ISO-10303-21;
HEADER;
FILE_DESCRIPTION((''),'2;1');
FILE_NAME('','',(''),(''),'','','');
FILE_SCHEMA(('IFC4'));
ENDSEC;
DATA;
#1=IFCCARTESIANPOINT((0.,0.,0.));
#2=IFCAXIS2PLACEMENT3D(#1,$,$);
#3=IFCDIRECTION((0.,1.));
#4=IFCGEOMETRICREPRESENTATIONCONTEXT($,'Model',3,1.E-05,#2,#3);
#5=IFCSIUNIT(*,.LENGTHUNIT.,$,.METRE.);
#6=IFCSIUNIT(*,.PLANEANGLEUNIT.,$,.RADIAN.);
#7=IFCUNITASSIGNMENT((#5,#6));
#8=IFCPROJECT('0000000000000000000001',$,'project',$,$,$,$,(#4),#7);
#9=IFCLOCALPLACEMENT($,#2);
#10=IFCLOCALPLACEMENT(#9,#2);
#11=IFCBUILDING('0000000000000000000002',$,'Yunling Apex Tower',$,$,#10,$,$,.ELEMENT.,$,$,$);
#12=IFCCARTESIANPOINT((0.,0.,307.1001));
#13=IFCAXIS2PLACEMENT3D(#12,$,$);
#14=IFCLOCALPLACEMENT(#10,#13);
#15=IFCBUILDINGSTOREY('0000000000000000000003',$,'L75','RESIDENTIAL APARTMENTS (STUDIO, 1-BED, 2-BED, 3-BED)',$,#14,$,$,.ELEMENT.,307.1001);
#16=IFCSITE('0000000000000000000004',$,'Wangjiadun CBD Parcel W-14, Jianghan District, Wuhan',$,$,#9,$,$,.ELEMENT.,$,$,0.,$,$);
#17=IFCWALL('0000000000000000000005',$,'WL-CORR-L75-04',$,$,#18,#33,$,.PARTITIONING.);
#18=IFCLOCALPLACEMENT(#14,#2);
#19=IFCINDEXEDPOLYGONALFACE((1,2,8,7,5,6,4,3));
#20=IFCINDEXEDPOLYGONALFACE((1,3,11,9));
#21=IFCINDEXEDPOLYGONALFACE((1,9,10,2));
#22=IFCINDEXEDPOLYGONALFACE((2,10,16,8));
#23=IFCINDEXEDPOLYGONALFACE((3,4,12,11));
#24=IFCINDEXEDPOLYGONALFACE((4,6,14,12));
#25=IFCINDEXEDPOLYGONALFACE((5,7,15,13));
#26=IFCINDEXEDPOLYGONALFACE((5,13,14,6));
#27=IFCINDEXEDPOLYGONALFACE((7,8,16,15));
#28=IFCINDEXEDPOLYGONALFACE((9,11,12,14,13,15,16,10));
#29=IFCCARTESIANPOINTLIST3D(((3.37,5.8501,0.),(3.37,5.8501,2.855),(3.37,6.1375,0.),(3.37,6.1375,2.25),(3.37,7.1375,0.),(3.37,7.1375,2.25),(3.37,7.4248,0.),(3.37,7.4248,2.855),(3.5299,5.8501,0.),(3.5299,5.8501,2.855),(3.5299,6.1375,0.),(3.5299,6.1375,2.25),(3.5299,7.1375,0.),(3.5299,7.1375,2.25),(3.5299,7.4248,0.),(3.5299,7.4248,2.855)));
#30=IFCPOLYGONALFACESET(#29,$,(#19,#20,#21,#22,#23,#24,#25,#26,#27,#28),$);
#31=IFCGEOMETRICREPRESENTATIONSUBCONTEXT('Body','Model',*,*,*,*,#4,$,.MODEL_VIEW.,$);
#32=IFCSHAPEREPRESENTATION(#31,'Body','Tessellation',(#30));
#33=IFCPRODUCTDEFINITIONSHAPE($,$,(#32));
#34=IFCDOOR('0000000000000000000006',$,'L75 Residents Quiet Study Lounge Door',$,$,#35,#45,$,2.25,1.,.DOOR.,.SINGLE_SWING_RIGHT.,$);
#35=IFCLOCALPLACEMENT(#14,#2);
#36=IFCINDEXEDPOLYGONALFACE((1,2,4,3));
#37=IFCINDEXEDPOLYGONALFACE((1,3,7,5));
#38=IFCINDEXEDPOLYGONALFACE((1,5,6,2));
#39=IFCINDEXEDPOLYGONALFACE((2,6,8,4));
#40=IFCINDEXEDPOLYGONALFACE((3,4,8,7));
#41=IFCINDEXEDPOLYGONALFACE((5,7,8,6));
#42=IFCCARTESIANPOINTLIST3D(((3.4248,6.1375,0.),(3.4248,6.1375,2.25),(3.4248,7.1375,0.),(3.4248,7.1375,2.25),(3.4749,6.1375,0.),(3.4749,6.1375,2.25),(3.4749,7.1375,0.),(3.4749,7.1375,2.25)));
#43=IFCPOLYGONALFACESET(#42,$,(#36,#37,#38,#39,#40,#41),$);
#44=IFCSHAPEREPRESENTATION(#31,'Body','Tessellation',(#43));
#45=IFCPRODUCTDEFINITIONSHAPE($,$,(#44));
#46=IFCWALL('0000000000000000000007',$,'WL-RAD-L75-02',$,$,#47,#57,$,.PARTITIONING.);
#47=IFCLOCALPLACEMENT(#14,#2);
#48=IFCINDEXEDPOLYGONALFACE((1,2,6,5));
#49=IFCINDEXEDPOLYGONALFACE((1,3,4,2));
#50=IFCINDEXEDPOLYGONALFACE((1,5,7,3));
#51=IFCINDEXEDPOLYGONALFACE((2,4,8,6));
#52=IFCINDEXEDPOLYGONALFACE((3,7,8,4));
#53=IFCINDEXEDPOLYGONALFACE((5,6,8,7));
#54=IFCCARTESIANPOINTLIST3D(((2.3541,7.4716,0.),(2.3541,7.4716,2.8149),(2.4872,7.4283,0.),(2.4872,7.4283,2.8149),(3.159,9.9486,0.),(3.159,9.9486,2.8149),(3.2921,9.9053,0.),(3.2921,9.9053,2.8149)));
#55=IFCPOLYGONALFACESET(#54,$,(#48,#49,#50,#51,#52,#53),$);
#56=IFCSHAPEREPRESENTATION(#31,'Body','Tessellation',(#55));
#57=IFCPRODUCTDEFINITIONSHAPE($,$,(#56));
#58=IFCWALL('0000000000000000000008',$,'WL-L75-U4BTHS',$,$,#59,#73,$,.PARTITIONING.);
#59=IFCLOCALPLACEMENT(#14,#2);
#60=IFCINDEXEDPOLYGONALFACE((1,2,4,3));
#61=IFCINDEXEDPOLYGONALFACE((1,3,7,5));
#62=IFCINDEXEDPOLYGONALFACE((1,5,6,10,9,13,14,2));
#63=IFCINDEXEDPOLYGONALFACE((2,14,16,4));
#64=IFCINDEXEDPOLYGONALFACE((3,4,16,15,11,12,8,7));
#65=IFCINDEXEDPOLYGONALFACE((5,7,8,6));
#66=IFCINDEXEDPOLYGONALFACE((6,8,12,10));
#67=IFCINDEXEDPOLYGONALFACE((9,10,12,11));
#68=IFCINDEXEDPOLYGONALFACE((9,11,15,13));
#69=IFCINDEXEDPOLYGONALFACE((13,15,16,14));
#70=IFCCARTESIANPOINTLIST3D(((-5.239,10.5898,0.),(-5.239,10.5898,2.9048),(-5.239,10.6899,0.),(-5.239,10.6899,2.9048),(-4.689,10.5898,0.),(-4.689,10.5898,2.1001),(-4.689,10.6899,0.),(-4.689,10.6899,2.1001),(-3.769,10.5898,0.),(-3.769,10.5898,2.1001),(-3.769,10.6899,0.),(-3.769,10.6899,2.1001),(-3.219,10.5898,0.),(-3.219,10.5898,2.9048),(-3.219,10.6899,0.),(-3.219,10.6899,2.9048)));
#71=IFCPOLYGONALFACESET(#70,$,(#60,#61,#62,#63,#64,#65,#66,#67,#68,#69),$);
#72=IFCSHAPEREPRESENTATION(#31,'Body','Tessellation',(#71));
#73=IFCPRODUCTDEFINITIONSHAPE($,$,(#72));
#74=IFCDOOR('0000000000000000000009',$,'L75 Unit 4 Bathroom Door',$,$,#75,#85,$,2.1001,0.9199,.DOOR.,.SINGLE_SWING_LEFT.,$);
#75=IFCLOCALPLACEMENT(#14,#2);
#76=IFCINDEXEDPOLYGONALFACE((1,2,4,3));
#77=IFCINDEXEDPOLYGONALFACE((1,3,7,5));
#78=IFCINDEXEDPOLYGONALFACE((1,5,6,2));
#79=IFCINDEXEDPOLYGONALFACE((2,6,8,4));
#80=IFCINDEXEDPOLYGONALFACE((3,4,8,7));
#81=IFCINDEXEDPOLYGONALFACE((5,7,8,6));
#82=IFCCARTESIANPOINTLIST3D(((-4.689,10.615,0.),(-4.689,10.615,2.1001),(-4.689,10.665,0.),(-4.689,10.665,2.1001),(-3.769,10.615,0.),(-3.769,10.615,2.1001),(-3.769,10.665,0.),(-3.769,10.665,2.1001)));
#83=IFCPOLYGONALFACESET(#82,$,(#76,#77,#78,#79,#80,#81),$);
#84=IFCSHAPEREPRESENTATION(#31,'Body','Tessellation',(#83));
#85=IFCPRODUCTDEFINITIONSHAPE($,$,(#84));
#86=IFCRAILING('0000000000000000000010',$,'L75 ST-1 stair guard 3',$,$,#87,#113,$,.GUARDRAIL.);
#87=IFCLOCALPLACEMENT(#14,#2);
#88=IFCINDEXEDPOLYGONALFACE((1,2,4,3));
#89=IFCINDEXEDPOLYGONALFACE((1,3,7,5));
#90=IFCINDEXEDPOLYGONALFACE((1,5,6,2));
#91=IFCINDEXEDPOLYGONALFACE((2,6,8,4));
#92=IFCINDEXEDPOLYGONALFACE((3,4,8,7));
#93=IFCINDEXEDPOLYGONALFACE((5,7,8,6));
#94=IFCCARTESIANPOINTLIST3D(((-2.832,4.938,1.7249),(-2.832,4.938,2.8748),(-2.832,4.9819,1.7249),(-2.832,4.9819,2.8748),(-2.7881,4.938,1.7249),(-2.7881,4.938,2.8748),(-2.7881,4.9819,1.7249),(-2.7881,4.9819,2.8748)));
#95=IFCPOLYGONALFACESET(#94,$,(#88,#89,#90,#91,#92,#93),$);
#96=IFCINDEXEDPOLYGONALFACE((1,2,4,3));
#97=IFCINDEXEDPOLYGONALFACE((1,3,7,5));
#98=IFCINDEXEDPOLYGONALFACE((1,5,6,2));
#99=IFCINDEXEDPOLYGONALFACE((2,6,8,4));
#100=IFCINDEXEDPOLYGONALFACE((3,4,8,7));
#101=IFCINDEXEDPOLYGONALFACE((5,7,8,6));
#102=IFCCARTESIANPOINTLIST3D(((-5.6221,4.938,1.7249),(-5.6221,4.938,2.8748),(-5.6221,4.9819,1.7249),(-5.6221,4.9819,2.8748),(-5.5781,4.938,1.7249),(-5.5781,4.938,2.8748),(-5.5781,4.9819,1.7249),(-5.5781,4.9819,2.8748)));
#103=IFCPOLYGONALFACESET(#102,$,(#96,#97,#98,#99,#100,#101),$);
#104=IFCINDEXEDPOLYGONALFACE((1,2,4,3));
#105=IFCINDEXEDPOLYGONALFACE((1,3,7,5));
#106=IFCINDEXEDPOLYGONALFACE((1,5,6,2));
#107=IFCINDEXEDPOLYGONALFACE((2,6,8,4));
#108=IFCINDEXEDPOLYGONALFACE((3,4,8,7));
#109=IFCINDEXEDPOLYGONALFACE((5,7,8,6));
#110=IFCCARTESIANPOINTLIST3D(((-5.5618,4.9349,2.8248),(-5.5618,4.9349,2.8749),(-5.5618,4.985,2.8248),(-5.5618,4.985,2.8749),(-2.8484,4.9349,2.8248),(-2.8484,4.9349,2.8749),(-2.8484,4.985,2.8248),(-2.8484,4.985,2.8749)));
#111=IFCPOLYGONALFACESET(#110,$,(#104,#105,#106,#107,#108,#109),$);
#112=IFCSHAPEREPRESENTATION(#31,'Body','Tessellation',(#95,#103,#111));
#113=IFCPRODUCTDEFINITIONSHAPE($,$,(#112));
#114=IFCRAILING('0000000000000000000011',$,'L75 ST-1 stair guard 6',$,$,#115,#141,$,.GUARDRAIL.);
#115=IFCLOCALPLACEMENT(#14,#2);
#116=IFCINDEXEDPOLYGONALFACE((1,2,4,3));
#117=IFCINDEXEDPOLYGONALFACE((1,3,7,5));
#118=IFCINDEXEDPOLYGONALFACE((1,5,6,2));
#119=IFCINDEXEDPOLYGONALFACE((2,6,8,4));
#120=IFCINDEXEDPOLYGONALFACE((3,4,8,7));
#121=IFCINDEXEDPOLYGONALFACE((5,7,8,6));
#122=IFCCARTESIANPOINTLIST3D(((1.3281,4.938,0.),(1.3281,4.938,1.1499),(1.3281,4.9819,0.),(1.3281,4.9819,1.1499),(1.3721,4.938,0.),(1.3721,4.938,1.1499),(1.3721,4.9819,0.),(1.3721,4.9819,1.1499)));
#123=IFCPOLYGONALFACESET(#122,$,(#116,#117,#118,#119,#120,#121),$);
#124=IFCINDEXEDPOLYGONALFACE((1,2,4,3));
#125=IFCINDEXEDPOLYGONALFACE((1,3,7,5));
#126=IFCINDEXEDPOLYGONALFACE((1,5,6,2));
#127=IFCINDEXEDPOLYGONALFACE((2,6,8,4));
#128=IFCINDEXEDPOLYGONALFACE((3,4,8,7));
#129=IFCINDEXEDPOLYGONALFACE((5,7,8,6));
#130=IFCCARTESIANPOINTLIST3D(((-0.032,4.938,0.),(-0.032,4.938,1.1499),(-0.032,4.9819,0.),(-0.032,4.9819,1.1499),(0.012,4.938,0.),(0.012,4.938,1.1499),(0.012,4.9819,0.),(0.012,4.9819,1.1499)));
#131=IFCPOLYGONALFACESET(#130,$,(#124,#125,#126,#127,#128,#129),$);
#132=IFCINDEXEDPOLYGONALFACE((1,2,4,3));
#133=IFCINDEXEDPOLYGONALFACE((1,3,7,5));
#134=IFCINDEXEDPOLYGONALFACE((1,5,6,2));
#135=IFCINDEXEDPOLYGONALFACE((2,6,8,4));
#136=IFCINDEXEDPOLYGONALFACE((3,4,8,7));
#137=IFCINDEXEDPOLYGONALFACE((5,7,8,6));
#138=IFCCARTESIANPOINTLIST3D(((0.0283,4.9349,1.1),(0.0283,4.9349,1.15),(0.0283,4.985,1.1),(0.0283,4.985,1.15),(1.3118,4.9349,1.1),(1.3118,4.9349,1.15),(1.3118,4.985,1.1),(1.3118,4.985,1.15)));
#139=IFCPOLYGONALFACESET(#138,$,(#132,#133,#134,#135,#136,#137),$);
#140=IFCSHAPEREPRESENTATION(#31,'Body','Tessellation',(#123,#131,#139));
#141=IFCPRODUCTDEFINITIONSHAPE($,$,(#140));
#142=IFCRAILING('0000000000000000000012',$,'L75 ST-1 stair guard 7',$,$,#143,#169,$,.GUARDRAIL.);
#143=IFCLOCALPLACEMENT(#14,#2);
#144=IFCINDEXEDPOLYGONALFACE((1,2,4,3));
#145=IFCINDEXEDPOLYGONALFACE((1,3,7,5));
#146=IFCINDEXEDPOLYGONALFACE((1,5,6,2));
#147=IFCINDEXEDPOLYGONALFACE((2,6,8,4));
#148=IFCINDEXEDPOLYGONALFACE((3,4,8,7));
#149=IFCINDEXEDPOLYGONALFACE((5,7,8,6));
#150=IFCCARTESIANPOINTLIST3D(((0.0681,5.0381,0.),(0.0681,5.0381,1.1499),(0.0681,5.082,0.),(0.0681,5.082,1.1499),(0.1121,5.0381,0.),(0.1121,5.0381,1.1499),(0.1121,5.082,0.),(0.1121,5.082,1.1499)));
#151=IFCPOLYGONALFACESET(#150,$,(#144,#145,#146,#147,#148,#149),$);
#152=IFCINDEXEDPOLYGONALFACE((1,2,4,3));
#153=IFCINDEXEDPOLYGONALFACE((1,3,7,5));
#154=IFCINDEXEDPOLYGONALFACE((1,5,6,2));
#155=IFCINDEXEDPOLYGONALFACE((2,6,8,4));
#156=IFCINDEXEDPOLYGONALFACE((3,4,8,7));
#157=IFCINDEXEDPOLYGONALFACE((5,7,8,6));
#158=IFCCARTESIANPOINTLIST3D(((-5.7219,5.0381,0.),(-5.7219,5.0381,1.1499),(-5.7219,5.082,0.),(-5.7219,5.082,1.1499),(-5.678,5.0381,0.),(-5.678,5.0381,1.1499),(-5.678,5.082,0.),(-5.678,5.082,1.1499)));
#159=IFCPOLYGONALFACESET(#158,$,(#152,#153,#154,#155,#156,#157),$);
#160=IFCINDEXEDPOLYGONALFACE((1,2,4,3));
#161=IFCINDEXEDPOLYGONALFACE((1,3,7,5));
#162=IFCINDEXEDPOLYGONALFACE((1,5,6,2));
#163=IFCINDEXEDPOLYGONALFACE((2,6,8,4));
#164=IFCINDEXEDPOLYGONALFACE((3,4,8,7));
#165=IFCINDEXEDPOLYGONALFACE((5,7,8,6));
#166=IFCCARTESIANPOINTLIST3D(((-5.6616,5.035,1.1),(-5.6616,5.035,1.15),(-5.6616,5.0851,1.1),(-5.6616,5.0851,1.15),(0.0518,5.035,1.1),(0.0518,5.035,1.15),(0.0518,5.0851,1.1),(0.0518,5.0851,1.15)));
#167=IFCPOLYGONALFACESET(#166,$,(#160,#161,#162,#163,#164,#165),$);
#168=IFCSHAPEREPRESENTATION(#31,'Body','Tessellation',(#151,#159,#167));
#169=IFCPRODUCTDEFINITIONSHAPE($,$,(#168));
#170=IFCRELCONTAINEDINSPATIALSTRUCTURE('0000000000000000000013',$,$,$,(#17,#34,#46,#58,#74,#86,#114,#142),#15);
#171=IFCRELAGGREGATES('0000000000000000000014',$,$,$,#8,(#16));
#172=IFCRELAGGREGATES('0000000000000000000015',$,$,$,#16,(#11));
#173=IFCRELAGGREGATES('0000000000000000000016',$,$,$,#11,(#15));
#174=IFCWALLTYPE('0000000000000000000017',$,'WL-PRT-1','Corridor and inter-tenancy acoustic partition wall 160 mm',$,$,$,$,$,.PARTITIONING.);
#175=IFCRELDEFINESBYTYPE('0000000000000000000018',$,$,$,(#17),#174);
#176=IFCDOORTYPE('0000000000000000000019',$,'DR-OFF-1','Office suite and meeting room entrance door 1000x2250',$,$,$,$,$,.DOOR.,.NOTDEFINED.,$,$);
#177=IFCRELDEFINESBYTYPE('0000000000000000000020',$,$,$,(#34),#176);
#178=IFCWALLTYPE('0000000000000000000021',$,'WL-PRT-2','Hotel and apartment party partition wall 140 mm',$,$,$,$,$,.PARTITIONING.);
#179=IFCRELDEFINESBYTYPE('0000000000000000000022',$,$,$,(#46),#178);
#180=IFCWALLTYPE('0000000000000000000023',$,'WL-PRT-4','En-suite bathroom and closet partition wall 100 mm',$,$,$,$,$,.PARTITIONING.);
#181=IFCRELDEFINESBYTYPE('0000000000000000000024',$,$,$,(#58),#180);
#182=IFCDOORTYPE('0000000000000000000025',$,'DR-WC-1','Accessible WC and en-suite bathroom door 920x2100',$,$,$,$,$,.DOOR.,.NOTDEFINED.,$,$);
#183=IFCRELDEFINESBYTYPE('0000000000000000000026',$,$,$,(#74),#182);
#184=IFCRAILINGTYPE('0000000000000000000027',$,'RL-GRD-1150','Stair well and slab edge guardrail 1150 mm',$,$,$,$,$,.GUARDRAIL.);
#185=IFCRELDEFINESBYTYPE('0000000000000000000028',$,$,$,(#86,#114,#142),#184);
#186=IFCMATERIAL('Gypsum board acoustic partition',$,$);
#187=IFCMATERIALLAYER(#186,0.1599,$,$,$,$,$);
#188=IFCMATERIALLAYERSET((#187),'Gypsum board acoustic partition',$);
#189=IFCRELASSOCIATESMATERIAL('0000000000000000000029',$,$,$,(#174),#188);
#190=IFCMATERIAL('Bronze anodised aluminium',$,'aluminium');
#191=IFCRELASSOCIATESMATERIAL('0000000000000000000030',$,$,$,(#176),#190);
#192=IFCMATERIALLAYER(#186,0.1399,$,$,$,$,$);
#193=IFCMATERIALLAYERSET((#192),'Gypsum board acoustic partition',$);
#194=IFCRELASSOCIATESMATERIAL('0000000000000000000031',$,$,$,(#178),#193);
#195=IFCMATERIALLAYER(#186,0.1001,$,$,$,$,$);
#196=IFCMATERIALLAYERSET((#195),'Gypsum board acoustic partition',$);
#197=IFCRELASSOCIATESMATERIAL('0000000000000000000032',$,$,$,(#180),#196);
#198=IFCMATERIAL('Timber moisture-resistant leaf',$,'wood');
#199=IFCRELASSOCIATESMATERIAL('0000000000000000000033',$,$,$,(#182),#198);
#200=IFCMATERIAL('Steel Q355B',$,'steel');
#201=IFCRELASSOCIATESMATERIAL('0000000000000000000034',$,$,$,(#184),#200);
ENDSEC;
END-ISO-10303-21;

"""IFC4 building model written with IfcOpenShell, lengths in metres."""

from ifc_helpers import new_model, si_unit, direction, frame, frame_2d, origin, origin_2d, place, context, subcontext, project, spatial, rectangle, extrude, material, layer, layer_set, type_object, element, fill, save


model = new_model("IFC4")

# Units and contexts
model_context = context("Model", 3, precision=1e-05, world=origin(), true_north=direction((0.0, 1.0)))
body_context = subcontext(model_context, "Body", "Model", "MODEL_VIEW")
ifc_project = project(units=[si_unit("LENGTHUNIT", "METRE"), si_unit("PLANEANGLEUNIT", "RADIAN")], contexts=[model_context])

# Site, building, storey
site_placement = place(None, origin())
site = spatial("IfcSite", under=ifc_project, at=site_placement, Name="Wangjiadun CBD Parcel W-14, Jianghan District, Wuhan", CompositionType="ELEMENT", RefElevation=0.0)
building_placement = place(site_placement, origin())
building = spatial("IfcBuilding", under=site, at=building_placement, Name="Yunling Apex Tower", CompositionType="ELEMENT")
storey_placement = place(building_placement, frame((0.0, 0.0, 307.1001)))
storey = spatial("IfcBuildingStorey", under=building, at=storey_placement, Name="L75", Description="RESIDENTIAL APARTMENTS (STUDIO, 1-BED, 2-BED, 3-BED)", CompositionType="ELEMENT", Elevation=307.1001)

# Shared definitions
ifc_material_1 = material(Name="Steel Q355B", Category="steel")

# Shared definitions
ifc_material_2 = material(Name="Bronze anodised aluminium", Category="aluminium")

# Wall, opening, door
ifc_material_3 = material(Name="Gypsum board acoustic partition")
ifc_layer_1 = layer(ifc_material_3, 0.1599)
ifc_layer_set_1 = layer_set([ifc_layer_1], Name="Gypsum board acoustic partition")
wall_type_1 = type_object("IfcWallType", Name="WL-PRT-1", Description="Corridor and inter-tenancy acoustic partition wall 160 mm", PredefinedType="PARTITIONING", material=ifc_layer_set_1)
wall_1_placement = place(storey_placement, frame((3.45, 7.4248, 0.0), z_axis=(0.0, 0.0, 1.0), x_axis=(0.0, -1.0, 0.0)))
wall_1 = element("IfcWall", 1, at=wall_1_placement, inside=storey, type_object=wall_type_1, Name="WL-CORR-L75-04", PredefinedType="PARTITIONING", context=body_context, shape_type="SweptSolid", body=[
    extrude(rectangle(XDim=1.5747, YDim=0.1599, at=frame_2d((0.7874, 0.0))), origin(), (0.0, 0.0, 1.0), 2.855),
])
opening_1_placement = place(wall_1_placement, frame((0.2874, 0.0, 0.0)))
opening_1 = element("IfcOpeningElement", 2, at=opening_1_placement, cuts=wall_1, PredefinedType="OPENING", context=body_context, shape_type="SweptSolid", body=[
    extrude(rectangle(XDim=1.0, YDim=2.25, at=frame_2d((0.5, 1.125))), frame((0.0, 0.0898, 0.0), z_axis=(0.0, -1.0, 0.0), x_axis=(1.0, 0.0, 0.0)), (0.0, 0.0, 1.0), 0.1799),
])
door_type_1 = type_object("IfcDoorType", Name="DR-OFF-1", Description="Office suite and meeting room entrance door 1000x2250", OperationType="NOTDEFINED", PredefinedType="DOOR", material=ifc_material_2)
door_1_placement = place(opening_1_placement, origin())
door_1 = element("IfcDoor", 3, at=door_1_placement, inside=storey, type_object=door_type_1, Name="L75 Residents Quiet Study Lounge Door", OperationType="SINGLE_SWING_RIGHT", OverallHeight=2.25, OverallWidth=1.0, PredefinedType="DOOR", context=body_context, shape_type="SweptSolid", body=[
    extrude(rectangle(XDim=1.0, YDim=2.25, at=frame_2d((0.5, 1.125))), frame((0.0, 0.0249, 0.0), z_axis=(0.0, -1.0, 0.0), x_axis=(1.0, 0.0, 0.0)), (0.0, 0.0, 1.0), 0.05),
])
fill(opening_1, door_1)

# Wall
ifc_layer_2 = layer(ifc_material_3, 0.1399)
ifc_layer_set_2 = layer_set([ifc_layer_2], Name="Gypsum board acoustic partition")
wall_type_2 = type_object("IfcWallType", Name="WL-PRT-2", Description="Hotel and apartment party partition wall 140 mm", PredefinedType="PARTITIONING", material=ifc_layer_set_2)
wall_2_placement = place(storey_placement, frame((2.4207, 7.45, 0.0), z_axis=(0.0, 0.0, 1.0), x_axis=(0.309048, 0.951046, 0.0)))
element("IfcWall", 4, at=wall_2_placement, inside=storey, type_object=wall_type_2, Name="WL-RAD-L75-02", PredefinedType="PARTITIONING", context=body_context, shape_type="SweptSolid", body=[
    extrude(rectangle(XDim=2.6045, YDim=0.1399, at=frame_2d((1.3022, 0.0))), origin(), (0.0, 0.0, 1.0), 2.8149),
])

# Wall, opening, door
ifc_layer_3 = layer(ifc_material_3, 0.1001)
ifc_layer_set_3 = layer_set([ifc_layer_3], Name="Gypsum board acoustic partition")
wall_type_3 = type_object("IfcWallType", Name="WL-PRT-4", Description="En-suite bathroom and closet partition wall 100 mm", PredefinedType="PARTITIONING", material=ifc_layer_set_3)
wall_3_placement = place(storey_placement, frame((-3.219, 10.6399, 0.0), z_axis=(0.0, 0.0, 1.0), x_axis=(-1.0, 0.0, 0.0)))
wall_3 = element("IfcWall", 5, at=wall_3_placement, inside=storey, type_object=wall_type_3, Name="WL-L75-U4BTHS", PredefinedType="PARTITIONING", context=body_context, shape_type="SweptSolid", body=[
    extrude(rectangle(XDim=2.02, YDim=0.1001, at=frame_2d((1.01, 0.0))), origin(), (0.0, 0.0, 1.0), 2.9048),
])
opening_2_placement = place(wall_3_placement, frame((0.55, 0.0, 0.0)))
opening_2 = element("IfcOpeningElement", 6, at=opening_2_placement, cuts=wall_3, PredefinedType="OPENING", context=body_context, shape_type="SweptSolid", body=[
    extrude(rectangle(XDim=0.9199, YDim=2.1001, at=frame_2d((0.46, 1.05))), frame((0.0, 0.0601, 0.0), z_axis=(0.0, -1.0, 0.0), x_axis=(1.0, 0.0, 0.0)), (0.0, 0.0, 1.0), 0.1201),
])
ifc_material_4 = material(Name="Timber moisture-resistant leaf", Category="wood")
door_type_2 = type_object("IfcDoorType", Name="DR-WC-1", Description="Accessible WC and en-suite bathroom door 920x2100", OperationType="NOTDEFINED", PredefinedType="DOOR", material=ifc_material_4)
door_2_placement = place(opening_2_placement, origin())
door_2 = element("IfcDoor", 7, at=door_2_placement, inside=storey, type_object=door_type_2, Name="L75 Unit 4 Bathroom Door", OperationType="SINGLE_SWING_LEFT", OverallHeight=2.1001, OverallWidth=0.9199, PredefinedType="DOOR", context=body_context, shape_type="SweptSolid", body=[
    extrude(rectangle(XDim=0.9199, YDim=2.1001, at=frame_2d((0.46, 1.05))), frame((0.0, 0.0249, 0.0), z_axis=(0.0, -1.0, 0.0), x_axis=(1.0, 0.0, 0.0)), (0.0, 0.0, 1.0), 0.05),
])
fill(opening_2, door_2)

# Railings
railing_type_1 = type_object("IfcRailingType", Name="RL-GRD-1150", Description="Stair well and slab edge guardrail 1150 mm", PredefinedType="GUARDRAIL", material=ifc_material_1)
railing_1_placement = place(storey_placement, frame((-2.8101, 4.96, 1.7249)))
element("IfcRailing", 8, at=railing_1_placement, inside=storey, type_object=railing_type_1, Name="L75 ST-1 stair guard 3", PredefinedType="GUARDRAIL", context=body_context, shape_type="SweptSolid", body=[
    extrude(rectangle(XDim=0.0439, YDim=0.0439, at=origin_2d()), origin(), (0.0, 0.0, 1.0), 1.1499),
    extrude(rectangle(XDim=0.0439, YDim=0.0439, at=origin_2d()), frame((-2.79, 0.0, 0.0)), (0.0, 0.0, 1.0), 1.1499),
    extrude(rectangle(XDim=0.05, YDim=0.05, at=origin_2d()), frame((-0.0383, 0.0, 1.125), z_axis=(-1.0, 0.0, 0.0), x_axis=(0.0, -1.0, 0.0)), (0.0, 0.0, 1.0), 2.7134),
])
railing_2_placement = place(storey_placement, frame((1.3501, 4.96, 0.0)))
element("IfcRailing", 9, at=railing_2_placement, inside=storey, type_object=railing_type_1, Name="L75 ST-1 stair guard 6", PredefinedType="GUARDRAIL", context=body_context, shape_type="SweptSolid", body=[
    extrude(rectangle(XDim=0.0439, YDim=0.0439, at=origin_2d()), origin(), (0.0, 0.0, 1.0), 1.1499),
    extrude(rectangle(XDim=0.0439, YDim=0.0439, at=origin_2d()), frame((-1.3601, 0.0, 0.0)), (0.0, 0.0, 1.0), 1.1499),
    extrude(rectangle(XDim=0.05, YDim=0.05, at=origin_2d()), frame((-0.0383, 0.0, 1.125), z_axis=(-1.0, 0.0, 0.0), x_axis=(0.0, -1.0, 0.0)), (0.0, 0.0, 1.0), 1.2834),
])
railing_3_placement = place(storey_placement, frame((0.0901, 5.0601, 0.0)))
element("IfcRailing", 10, at=railing_3_placement, inside=storey, type_object=railing_type_1, Name="L75 ST-1 stair guard 7", PredefinedType="GUARDRAIL", context=body_context, shape_type="SweptSolid", body=[
    extrude(rectangle(XDim=0.0439, YDim=0.0439, at=origin_2d()), origin(), (0.0, 0.0, 1.0), 1.1499),
    extrude(rectangle(XDim=0.0439, YDim=0.0439, at=origin_2d()), frame((-5.79, 0.0, 0.0)), (0.0, 0.0, 1.0), 1.1499),
    extrude(rectangle(XDim=0.05, YDim=0.05, at=origin_2d()), frame((-0.0383, 0.0, 1.125), z_axis=(-1.0, 0.0, 0.0), x_axis=(0.0, -1.0, 0.0)), (0.0, 0.0, 1.0), 5.7134),
])

save(model, "model.ifc")
